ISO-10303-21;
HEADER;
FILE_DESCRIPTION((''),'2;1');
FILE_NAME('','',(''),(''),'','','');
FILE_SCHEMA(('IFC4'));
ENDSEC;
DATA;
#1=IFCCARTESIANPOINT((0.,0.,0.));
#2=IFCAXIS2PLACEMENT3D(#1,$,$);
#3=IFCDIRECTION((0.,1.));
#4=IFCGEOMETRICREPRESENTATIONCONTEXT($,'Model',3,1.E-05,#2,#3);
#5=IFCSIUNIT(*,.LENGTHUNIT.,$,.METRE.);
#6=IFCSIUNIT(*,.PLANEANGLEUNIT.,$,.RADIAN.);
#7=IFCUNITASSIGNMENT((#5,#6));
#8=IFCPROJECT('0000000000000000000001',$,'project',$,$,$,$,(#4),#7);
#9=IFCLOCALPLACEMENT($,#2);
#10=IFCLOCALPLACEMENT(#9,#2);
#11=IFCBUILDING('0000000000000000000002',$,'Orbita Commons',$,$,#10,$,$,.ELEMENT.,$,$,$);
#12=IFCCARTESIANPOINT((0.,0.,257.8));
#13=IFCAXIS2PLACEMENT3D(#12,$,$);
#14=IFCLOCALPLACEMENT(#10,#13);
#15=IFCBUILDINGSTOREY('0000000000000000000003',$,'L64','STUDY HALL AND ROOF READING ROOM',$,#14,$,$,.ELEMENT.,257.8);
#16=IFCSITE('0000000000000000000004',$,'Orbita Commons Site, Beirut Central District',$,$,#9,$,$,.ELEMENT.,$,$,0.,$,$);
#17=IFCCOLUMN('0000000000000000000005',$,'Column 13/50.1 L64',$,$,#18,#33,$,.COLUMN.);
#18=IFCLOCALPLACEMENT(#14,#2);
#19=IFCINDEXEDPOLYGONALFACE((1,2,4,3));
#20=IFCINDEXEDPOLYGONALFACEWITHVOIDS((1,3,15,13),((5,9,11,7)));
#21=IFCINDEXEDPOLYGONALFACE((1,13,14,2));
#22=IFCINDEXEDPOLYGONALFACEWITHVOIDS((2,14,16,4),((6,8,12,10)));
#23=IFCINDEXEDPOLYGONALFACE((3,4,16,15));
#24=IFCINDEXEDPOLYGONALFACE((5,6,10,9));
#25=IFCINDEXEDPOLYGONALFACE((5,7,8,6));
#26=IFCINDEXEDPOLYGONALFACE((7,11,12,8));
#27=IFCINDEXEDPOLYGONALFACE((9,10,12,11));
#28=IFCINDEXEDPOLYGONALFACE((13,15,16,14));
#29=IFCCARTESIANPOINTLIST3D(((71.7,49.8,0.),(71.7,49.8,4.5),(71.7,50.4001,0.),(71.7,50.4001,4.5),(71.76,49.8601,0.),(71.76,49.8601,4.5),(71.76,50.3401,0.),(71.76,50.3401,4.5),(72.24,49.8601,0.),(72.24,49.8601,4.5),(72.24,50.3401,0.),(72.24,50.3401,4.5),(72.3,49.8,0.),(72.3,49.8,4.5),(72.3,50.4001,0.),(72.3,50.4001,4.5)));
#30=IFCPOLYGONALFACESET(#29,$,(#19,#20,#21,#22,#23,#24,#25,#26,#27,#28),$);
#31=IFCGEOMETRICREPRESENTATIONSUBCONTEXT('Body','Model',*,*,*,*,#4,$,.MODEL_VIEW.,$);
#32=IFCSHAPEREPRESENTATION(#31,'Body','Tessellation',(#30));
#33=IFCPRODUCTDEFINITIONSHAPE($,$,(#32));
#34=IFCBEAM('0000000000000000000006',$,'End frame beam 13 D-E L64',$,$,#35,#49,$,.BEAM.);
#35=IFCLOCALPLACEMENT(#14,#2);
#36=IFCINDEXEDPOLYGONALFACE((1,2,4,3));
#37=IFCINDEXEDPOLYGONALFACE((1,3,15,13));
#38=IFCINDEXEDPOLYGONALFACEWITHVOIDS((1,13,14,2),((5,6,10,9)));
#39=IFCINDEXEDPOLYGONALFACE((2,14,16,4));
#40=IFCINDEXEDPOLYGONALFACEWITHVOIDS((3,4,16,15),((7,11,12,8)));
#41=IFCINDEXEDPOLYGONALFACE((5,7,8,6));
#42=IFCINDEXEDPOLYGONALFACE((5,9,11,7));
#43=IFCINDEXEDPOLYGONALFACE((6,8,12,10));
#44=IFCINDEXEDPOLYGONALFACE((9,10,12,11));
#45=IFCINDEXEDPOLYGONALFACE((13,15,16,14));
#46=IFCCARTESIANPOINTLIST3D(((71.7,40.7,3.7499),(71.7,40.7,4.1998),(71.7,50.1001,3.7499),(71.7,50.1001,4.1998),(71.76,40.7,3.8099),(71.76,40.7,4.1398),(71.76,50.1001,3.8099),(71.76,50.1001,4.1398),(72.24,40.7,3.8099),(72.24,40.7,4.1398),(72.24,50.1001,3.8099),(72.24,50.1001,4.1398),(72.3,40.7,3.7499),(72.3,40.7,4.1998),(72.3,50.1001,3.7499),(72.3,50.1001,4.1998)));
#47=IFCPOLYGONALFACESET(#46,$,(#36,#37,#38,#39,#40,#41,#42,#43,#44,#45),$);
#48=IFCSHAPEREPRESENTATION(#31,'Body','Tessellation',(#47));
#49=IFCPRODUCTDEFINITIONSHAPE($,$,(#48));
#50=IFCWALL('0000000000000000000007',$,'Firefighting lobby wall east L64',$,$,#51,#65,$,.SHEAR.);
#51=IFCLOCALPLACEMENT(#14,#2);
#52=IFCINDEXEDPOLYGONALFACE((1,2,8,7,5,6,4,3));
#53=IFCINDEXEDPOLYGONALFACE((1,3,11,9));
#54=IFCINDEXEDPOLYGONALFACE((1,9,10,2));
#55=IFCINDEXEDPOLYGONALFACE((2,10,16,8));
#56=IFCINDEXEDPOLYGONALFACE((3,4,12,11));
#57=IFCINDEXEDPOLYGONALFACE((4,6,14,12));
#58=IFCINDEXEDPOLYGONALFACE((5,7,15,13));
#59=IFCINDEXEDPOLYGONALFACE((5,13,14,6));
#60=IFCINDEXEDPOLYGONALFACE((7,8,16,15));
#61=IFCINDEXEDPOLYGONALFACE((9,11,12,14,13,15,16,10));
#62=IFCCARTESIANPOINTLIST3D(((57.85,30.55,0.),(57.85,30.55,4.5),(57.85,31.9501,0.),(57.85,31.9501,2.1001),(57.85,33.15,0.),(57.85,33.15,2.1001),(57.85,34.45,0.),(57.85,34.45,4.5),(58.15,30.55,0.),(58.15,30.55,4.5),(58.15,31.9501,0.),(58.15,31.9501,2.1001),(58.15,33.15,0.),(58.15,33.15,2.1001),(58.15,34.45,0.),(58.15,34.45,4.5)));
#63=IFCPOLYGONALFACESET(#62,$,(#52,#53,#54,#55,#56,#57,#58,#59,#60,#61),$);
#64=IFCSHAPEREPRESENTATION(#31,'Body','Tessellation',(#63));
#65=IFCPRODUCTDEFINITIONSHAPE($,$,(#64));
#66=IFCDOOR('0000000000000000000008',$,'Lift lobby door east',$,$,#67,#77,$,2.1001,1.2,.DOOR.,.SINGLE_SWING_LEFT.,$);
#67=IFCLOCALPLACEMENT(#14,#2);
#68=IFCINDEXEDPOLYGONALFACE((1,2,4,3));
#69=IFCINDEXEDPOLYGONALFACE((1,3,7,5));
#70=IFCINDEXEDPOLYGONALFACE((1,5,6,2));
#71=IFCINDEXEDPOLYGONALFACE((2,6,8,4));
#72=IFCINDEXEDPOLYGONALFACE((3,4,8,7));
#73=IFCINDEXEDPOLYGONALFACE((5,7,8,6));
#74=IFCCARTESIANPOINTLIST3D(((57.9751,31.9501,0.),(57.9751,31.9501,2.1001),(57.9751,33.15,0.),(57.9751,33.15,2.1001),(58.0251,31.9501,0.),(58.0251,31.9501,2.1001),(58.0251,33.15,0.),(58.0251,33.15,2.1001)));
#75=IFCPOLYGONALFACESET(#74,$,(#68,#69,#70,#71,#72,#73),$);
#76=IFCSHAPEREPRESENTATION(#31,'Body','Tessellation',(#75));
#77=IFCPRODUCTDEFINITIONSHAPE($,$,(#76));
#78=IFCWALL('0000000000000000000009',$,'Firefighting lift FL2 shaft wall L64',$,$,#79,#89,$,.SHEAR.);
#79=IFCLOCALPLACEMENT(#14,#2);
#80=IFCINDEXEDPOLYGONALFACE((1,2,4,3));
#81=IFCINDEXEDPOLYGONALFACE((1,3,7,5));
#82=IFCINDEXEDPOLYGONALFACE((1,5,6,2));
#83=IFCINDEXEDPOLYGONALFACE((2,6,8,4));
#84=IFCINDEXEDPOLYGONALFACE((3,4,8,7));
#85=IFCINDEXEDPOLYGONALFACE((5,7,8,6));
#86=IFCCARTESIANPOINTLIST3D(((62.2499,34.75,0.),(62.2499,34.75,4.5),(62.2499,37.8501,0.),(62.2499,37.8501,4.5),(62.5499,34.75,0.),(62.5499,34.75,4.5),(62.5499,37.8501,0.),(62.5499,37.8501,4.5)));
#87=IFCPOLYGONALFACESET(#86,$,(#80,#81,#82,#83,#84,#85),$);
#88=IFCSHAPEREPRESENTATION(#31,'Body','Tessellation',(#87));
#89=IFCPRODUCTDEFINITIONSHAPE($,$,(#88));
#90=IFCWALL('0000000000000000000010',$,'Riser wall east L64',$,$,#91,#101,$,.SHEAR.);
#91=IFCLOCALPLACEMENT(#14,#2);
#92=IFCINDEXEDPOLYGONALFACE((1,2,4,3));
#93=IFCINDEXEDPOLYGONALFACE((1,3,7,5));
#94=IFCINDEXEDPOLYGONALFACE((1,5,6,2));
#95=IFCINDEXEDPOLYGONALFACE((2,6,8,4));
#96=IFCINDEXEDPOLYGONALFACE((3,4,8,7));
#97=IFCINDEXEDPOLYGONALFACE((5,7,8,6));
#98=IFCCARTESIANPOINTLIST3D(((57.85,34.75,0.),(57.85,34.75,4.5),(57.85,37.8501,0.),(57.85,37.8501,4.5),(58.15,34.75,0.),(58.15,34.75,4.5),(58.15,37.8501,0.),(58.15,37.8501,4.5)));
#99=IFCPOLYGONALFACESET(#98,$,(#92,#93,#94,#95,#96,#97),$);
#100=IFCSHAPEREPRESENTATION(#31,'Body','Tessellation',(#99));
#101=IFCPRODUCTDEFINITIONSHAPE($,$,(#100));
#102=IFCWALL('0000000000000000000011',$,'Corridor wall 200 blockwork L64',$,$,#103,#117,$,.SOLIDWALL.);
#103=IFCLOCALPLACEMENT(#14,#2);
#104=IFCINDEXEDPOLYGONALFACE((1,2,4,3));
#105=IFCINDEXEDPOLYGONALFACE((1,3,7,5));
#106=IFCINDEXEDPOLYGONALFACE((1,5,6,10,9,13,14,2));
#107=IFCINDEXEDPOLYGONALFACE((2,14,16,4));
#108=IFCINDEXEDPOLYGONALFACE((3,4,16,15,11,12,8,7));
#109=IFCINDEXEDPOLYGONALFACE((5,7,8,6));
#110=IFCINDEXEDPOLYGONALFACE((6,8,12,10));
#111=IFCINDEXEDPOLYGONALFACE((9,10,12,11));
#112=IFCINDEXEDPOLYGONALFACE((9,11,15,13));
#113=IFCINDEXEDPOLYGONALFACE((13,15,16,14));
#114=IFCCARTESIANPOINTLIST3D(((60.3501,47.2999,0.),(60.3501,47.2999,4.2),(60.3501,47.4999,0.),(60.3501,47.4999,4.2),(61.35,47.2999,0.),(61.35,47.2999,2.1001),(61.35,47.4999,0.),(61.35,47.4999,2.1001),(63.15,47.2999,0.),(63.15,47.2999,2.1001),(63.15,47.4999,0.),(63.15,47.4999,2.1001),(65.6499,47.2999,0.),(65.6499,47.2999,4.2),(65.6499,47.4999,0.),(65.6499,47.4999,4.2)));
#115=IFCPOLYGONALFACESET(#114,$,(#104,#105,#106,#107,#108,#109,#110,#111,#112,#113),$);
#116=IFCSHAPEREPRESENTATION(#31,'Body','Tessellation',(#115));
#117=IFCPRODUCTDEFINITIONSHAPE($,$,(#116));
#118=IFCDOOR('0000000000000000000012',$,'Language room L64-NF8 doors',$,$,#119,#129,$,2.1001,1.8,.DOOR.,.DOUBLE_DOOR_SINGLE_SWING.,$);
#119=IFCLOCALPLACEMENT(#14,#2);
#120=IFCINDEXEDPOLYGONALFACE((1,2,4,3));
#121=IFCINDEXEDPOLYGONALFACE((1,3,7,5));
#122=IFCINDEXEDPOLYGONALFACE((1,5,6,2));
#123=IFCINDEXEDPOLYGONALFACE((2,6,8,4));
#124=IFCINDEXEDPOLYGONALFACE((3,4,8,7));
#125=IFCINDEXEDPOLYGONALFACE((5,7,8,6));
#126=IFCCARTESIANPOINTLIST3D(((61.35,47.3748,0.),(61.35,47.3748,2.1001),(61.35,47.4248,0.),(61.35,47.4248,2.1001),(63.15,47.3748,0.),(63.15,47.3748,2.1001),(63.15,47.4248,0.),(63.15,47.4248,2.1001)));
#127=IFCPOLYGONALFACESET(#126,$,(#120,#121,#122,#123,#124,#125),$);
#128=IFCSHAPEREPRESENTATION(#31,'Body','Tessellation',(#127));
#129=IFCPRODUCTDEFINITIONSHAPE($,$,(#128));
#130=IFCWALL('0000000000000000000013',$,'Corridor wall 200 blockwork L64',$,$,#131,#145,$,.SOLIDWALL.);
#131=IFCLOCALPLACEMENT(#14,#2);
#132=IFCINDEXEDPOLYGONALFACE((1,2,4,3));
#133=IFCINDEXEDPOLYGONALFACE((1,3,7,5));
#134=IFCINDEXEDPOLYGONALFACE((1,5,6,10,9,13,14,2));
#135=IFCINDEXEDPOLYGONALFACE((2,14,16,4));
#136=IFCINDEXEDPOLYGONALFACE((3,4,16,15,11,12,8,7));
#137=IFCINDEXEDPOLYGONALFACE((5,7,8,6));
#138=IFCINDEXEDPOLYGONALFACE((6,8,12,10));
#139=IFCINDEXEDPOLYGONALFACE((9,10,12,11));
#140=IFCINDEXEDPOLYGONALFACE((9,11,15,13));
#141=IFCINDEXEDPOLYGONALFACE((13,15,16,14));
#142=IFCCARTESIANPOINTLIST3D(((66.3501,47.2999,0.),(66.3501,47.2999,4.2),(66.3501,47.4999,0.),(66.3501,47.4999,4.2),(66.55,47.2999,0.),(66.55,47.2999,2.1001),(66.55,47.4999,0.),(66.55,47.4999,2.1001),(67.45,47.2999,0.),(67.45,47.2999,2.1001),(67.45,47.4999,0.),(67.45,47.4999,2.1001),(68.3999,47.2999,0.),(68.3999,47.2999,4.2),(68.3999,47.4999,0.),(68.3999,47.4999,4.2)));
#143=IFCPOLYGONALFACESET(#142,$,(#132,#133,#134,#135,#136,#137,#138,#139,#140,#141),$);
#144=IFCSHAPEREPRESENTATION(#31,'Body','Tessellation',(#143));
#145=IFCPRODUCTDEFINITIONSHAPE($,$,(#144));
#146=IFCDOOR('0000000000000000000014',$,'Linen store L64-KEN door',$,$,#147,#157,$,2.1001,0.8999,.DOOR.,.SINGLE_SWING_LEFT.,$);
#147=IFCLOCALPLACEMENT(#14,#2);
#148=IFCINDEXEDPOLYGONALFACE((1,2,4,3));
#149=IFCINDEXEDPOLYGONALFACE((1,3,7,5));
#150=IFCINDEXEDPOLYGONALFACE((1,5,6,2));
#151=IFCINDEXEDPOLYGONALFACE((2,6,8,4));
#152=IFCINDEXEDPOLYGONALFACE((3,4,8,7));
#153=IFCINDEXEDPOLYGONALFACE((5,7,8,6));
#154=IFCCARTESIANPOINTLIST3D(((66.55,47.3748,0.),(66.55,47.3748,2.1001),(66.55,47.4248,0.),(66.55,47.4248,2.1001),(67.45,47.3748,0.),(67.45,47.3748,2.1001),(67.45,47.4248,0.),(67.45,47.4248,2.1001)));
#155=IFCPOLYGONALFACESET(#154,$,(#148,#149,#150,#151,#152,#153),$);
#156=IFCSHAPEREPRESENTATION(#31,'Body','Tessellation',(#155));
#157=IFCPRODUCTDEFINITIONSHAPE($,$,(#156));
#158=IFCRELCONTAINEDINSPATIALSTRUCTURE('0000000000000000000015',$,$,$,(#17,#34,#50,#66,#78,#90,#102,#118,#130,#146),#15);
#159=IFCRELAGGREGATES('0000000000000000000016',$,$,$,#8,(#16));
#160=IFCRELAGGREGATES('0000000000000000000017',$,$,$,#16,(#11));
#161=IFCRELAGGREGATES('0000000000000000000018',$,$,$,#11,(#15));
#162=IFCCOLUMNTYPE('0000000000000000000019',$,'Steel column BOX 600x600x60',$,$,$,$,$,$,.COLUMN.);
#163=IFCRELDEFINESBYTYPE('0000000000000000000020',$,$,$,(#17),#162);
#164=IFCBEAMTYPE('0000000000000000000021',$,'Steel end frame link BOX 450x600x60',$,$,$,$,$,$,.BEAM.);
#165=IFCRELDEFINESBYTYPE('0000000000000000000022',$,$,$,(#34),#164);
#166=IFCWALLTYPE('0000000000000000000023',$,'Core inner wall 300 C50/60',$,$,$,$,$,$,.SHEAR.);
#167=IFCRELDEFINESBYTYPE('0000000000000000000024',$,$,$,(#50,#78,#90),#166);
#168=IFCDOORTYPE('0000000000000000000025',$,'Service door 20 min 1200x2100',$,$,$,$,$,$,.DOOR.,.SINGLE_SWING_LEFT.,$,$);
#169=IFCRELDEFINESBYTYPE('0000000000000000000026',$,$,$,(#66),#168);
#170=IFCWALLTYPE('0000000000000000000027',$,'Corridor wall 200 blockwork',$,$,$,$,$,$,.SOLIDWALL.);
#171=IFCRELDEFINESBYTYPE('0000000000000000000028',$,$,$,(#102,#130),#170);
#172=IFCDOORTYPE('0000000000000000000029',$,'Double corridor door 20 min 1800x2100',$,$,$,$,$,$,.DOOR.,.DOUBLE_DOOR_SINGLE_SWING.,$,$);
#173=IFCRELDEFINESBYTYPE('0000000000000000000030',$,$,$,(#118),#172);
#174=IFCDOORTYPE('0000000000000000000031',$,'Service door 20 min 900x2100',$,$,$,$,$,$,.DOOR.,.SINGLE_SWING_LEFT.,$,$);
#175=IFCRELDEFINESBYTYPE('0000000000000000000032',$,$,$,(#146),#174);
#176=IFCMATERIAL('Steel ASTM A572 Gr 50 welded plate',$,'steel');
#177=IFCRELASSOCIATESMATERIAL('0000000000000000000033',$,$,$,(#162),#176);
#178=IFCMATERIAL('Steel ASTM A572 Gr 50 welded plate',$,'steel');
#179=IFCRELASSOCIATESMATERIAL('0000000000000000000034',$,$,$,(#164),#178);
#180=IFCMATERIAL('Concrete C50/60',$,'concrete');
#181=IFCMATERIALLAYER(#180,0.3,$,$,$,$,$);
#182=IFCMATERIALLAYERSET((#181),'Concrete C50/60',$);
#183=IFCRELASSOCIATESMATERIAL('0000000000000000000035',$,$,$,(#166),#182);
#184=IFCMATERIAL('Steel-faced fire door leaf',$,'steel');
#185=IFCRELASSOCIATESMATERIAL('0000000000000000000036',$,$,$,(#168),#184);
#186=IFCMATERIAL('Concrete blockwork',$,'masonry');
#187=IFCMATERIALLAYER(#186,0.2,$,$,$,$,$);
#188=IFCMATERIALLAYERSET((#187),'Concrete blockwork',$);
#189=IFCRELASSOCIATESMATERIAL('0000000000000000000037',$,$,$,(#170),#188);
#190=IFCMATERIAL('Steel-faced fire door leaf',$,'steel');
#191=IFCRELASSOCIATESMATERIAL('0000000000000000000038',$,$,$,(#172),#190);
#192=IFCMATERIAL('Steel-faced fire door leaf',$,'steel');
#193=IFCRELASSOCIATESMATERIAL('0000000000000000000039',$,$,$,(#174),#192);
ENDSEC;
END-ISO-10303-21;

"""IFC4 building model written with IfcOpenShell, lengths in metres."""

from ifc_helpers import new_model, si_unit, direction, frame, frame_2d, origin, origin_2d, place, context, subcontext, project, spatial, rectangle, hollow_rectangle, extrude, material, layer, layer_set, material_profile, profile_set, type_object, element, fill, save


model = new_model("IFC4")

# Units and contexts
model_context = context("Model", 3, precision=1e-05, world=origin(), true_north=direction((0.0, 1.0)))
body_context = subcontext(model_context, "Body", "Model", "MODEL_VIEW")
ifc_project = project(units=[si_unit("LENGTHUNIT", "METRE"), si_unit("PLANEANGLEUNIT", "RADIAN")], contexts=[model_context])

# Site, building, storey
site_placement = place(None, origin())
site = spatial("IfcSite", under=ifc_project, at=site_placement, Name="Orbita Commons Site, Beirut Central District", CompositionType="ELEMENT", RefElevation=0.0)
building_placement = place(site_placement, origin())
building = spatial("IfcBuilding", under=site, at=building_placement, Name="Orbita Commons", CompositionType="ELEMENT")
storey_placement = place(building_placement, frame((0.0, 0.0, 257.8)))
storey = spatial("IfcBuildingStorey", under=building, at=storey_placement, Name="L64", Description="STUDY HALL AND ROOF READING ROOM", CompositionType="ELEMENT", Elevation=257.8)

# Column
ifc_material_1 = material(Name="Steel ASTM A572 Gr 50 welded plate", Category="steel")
ifc_material_profile_1 = material_profile(ifc_material_1, hollow_rectangle(XDim=0.6001, YDim=0.6001, WallThickness=0.0601, at=origin_2d()), Name="BOX 600x600x60")
ifc_profile_set_1 = profile_set([ifc_material_profile_1], Name="Steel ASTM A572 Gr 50 welded plate")
column_type = type_object("IfcColumnType", Name="Steel column BOX 600x600x60", PredefinedType="COLUMN", material=ifc_profile_set_1)
column_placement = place(storey_placement, frame((72.0, 50.1001, 0.0), z_axis=(0.0, 0.0, 1.0), x_axis=(1.0, 0.0, 0.0)))
element("IfcColumn", 1, at=column_placement, inside=storey, type_object=column_type, Name="Column 13/50.1 L64", PredefinedType="COLUMN", context=body_context, shape_type="SweptSolid", body=[
    extrude(hollow_rectangle(XDim=0.6001, YDim=0.6001, WallThickness=0.0601, at=origin_2d()), origin(), (0.0, 0.0, 1.0), 4.5),
])

# Beam
ifc_material_2 = material(Name="Steel ASTM A572 Gr 50 welded plate", Category="steel")
ifc_material_profile_2 = material_profile(ifc_material_2, hollow_rectangle(XDim=0.6001, YDim=0.45, WallThickness=0.0601, at=origin_2d()), Name="BOX 450x600x60")
ifc_profile_set_2 = profile_set([ifc_material_profile_2], Name="Steel ASTM A572 Gr 50 welded plate")
beam_type = type_object("IfcBeamType", Name="Steel end frame link BOX 450x600x60", PredefinedType="BEAM", material=ifc_profile_set_2)
beam_placement = place(storey_placement, frame((72.0, 40.7, 3.9749), z_axis=(0.0, 1.0, 0.0), x_axis=(-1.0, 0.0, 0.0)))
element("IfcBeam", 2, at=beam_placement, inside=storey, type_object=beam_type, Name="End frame beam 13 D-E L64", PredefinedType="BEAM", context=body_context, shape_type="SweptSolid", body=[
    extrude(hollow_rectangle(XDim=0.6001, YDim=0.45, WallThickness=0.0601, at=origin_2d()), origin(), (0.0, 0.0, 1.0), 9.4001),
])

# Wall, opening, door
ifc_material_3 = material(Name="Concrete C50/60", Category="concrete")
ifc_layer_1 = layer(ifc_material_3, 0.3)
ifc_layer_set_1 = layer_set([ifc_layer_1], Name="Concrete C50/60")
wall_type_1 = type_object("IfcWallType", Name="Core inner wall 300 C50/60", PredefinedType="SHEAR", material=ifc_layer_set_1)
wall_1_placement = place(storey_placement, frame((58.0, 30.55, 0.0), z_axis=(0.0, 0.0, 1.0), x_axis=(0.0, 1.0, 0.0)))
wall_1 = element("IfcWall", 3, at=wall_1_placement, inside=storey, type_object=wall_type_1, Name="Firefighting lobby wall east L64", PredefinedType="SHEAR", context=body_context, shape_type="SweptSolid", body=[
    extrude(rectangle(XDim=3.8999, YDim=0.3, at=frame_2d((1.95, 0.0))), origin(), (0.0, 0.0, 1.0), 4.5),
])
opening_1_placement = place(wall_1_placement, frame((1.3999, 0.0, 0.0)))
opening_1 = element("IfcOpeningElement", 4, at=opening_1_placement, cuts=wall_1, PredefinedType="OPENING", context=body_context, shape_type="SweptSolid", body=[
    extrude(rectangle(XDim=1.2, YDim=2.1001, at=frame_2d((0.6001, 1.05))), frame((0.0, 0.1599, 0.0), z_axis=(0.0, -1.0, 0.0), x_axis=(1.0, 0.0, 0.0)), (0.0, 0.0, 1.0), 0.3201),
])
ifc_material_4 = material(Name="Steel-faced fire door leaf", Category="steel")
door_type_1 = type_object("IfcDoorType", Name="Service door 20 min 1200x2100", OperationType="SINGLE_SWING_LEFT", PredefinedType="DOOR", material=ifc_material_4)
door_1_placement = place(opening_1_placement, origin())
door_1 = element("IfcDoor", 5, at=door_1_placement, inside=storey, type_object=door_type_1, Name="Lift lobby door east", OperationType="SINGLE_SWING_LEFT", OverallHeight=2.1001, OverallWidth=1.2, PredefinedType="DOOR", context=body_context, shape_type="SweptSolid", body=[
    extrude(rectangle(XDim=1.2, YDim=2.1001, at=frame_2d((0.6001, 1.05))), frame((0.0, 0.0249, 0.0), z_axis=(0.0, -1.0, 0.0), x_axis=(1.0, 0.0, 0.0)), (0.0, 0.0, 1.0), 0.05),
])
fill(opening_1, door_1)

# Walls
for number, where, z_axis, x_axis, name in (
    (6, (62.3999, 34.75, 0.0), (0.0, 0.0, 1.0), (0.0, 1.0, 0.0), "Firefighting lift FL2 shaft wall L64"),
    (7, (58.0, 34.75, 0.0), (0.0, 0.0, 1.0), (0.0, 1.0, 0.0), "Riser wall east L64"),
):
    element("IfcWall", number, at=place(storey_placement, frame(where, z_axis=z_axis, x_axis=x_axis)), inside=storey, type_object=wall_type_1, Name=name, PredefinedType="SHEAR", context=body_context, shape_type="SweptSolid", body=[
        extrude(rectangle(XDim=3.1001, YDim=0.3, at=frame_2d((1.55, 0.0))), origin(), (0.0, 0.0, 1.0), 4.5),
    ])

# Walls, openings, doors
ifc_material_5 = material(Name="Concrete blockwork", Category="masonry")
ifc_layer_2 = layer(ifc_material_5, 0.2)
ifc_layer_set_2 = layer_set([ifc_layer_2], Name="Concrete blockwork")
wall_type_2 = type_object("IfcWallType", Name="Corridor wall 200 blockwork", PredefinedType="SOLIDWALL", material=ifc_layer_set_2)
wall_2_placement = place(storey_placement, frame((60.3501, 47.3999, 0.0), z_axis=(0.0, 0.0, 1.0), x_axis=(1.0, 0.0, 0.0)))
wall_2 = element("IfcWall", 8, at=wall_2_placement, inside=storey, type_object=wall_type_2, Name="Corridor wall 200 blockwork L64", PredefinedType="SOLIDWALL", context=body_context, shape_type="SweptSolid", body=[
    extrude(rectangle(XDim=5.2998, YDim=0.2, at=frame_2d((2.6499, 0.0))), origin(), (0.0, 0.0, 1.0), 4.2),
])
opening_2_placement = place(wall_2_placement, frame((1.0, 0.0, 0.0)))
opening_2 = element("IfcOpeningElement", 9, at=opening_2_placement, cuts=wall_2, PredefinedType="OPENING", context=body_context, shape_type="SweptSolid", body=[
    extrude(rectangle(XDim=1.8, YDim=2.1001, at=frame_2d((0.8999, 1.05))), frame((0.0, 0.1099, 0.0), z_axis=(0.0, -1.0, 0.0), x_axis=(1.0, 0.0, 0.0)), (0.0, 0.0, 1.0), 0.22),
])
ifc_material_6 = material(Name="Steel-faced fire door leaf", Category="steel")
door_type_2 = type_object("IfcDoorType", Name="Double corridor door 20 min 1800x2100", OperationType="DOUBLE_DOOR_SINGLE_SWING", PredefinedType="DOOR", material=ifc_material_6)
door_2_placement = place(opening_2_placement, origin())
door_2 = element("IfcDoor", 10, at=door_2_placement, inside=storey, type_object=door_type_2, Name="Language room L64-NF8 doors", OperationType="DOUBLE_DOOR_SINGLE_SWING", OverallHeight=2.1001, OverallWidth=1.8, PredefinedType="DOOR", context=body_context, shape_type="SweptSolid", body=[
    extrude(rectangle(XDim=1.8, YDim=2.1001, at=frame_2d((0.8999, 1.05))), frame((0.0, 0.0249, 0.0), z_axis=(0.0, -1.0, 0.0), x_axis=(1.0, 0.0, 0.0)), (0.0, 0.0, 1.0), 0.05),
])
fill(opening_2, door_2)
wall_3_placement = place(storey_placement, frame((66.3501, 47.3999, 0.0), z_axis=(0.0, 0.0, 1.0), x_axis=(1.0, 0.0, 0.0)))
wall_3 = element("IfcWall", 11, at=wall_3_placement, inside=storey, type_object=wall_type_2, Name="Corridor wall 200 blockwork L64", PredefinedType="SOLIDWALL", context=body_context, shape_type="SweptSolid", body=[
    extrude(rectangle(XDim=2.0498, YDim=0.2, at=frame_2d((1.0249, 0.0))), origin(), (0.0, 0.0, 1.0), 4.2),
])
opening_3_placement = place(wall_3_placement, frame((0.2, 0.0, 0.0)))
opening_3 = element("IfcOpeningElement", 12, at=opening_3_placement, cuts=wall_3, PredefinedType="OPENING", context=body_context, shape_type="SweptSolid", body=[
    extrude(rectangle(XDim=0.8999, YDim=2.1001, at=frame_2d((0.45, 1.05))), frame((0.0, 0.1099, 0.0), z_axis=(0.0, -1.0, 0.0), x_axis=(1.0, 0.0, 0.0)), (0.0, 0.0, 1.0), 0.22),
])
ifc_material_7 = material(Name="Steel-faced fire door leaf", Category="steel")
door_type_3 = type_object("IfcDoorType", Name="Service door 20 min 900x2100", OperationType="SINGLE_SWING_LEFT", PredefinedType="DOOR", material=ifc_material_7)
door_3_placement = place(opening_3_placement, origin())
door_3 = element("IfcDoor", 13, at=door_3_placement, inside=storey, type_object=door_type_3, Name="Linen store L64-KEN door", OperationType="SINGLE_SWING_LEFT", OverallHeight=2.1001, OverallWidth=0.8999, PredefinedType="DOOR", context=body_context, shape_type="SweptSolid", body=[
    extrude(rectangle(XDim=0.8999, YDim=2.1001, at=frame_2d((0.45, 1.05))), frame((0.0, 0.0249, 0.0), z_axis=(0.0, -1.0, 0.0), x_axis=(1.0, 0.0, 0.0)), (0.0, 0.0, 1.0), 0.05),
])
fill(opening_3, door_3)

save(model, "model.ifc")
